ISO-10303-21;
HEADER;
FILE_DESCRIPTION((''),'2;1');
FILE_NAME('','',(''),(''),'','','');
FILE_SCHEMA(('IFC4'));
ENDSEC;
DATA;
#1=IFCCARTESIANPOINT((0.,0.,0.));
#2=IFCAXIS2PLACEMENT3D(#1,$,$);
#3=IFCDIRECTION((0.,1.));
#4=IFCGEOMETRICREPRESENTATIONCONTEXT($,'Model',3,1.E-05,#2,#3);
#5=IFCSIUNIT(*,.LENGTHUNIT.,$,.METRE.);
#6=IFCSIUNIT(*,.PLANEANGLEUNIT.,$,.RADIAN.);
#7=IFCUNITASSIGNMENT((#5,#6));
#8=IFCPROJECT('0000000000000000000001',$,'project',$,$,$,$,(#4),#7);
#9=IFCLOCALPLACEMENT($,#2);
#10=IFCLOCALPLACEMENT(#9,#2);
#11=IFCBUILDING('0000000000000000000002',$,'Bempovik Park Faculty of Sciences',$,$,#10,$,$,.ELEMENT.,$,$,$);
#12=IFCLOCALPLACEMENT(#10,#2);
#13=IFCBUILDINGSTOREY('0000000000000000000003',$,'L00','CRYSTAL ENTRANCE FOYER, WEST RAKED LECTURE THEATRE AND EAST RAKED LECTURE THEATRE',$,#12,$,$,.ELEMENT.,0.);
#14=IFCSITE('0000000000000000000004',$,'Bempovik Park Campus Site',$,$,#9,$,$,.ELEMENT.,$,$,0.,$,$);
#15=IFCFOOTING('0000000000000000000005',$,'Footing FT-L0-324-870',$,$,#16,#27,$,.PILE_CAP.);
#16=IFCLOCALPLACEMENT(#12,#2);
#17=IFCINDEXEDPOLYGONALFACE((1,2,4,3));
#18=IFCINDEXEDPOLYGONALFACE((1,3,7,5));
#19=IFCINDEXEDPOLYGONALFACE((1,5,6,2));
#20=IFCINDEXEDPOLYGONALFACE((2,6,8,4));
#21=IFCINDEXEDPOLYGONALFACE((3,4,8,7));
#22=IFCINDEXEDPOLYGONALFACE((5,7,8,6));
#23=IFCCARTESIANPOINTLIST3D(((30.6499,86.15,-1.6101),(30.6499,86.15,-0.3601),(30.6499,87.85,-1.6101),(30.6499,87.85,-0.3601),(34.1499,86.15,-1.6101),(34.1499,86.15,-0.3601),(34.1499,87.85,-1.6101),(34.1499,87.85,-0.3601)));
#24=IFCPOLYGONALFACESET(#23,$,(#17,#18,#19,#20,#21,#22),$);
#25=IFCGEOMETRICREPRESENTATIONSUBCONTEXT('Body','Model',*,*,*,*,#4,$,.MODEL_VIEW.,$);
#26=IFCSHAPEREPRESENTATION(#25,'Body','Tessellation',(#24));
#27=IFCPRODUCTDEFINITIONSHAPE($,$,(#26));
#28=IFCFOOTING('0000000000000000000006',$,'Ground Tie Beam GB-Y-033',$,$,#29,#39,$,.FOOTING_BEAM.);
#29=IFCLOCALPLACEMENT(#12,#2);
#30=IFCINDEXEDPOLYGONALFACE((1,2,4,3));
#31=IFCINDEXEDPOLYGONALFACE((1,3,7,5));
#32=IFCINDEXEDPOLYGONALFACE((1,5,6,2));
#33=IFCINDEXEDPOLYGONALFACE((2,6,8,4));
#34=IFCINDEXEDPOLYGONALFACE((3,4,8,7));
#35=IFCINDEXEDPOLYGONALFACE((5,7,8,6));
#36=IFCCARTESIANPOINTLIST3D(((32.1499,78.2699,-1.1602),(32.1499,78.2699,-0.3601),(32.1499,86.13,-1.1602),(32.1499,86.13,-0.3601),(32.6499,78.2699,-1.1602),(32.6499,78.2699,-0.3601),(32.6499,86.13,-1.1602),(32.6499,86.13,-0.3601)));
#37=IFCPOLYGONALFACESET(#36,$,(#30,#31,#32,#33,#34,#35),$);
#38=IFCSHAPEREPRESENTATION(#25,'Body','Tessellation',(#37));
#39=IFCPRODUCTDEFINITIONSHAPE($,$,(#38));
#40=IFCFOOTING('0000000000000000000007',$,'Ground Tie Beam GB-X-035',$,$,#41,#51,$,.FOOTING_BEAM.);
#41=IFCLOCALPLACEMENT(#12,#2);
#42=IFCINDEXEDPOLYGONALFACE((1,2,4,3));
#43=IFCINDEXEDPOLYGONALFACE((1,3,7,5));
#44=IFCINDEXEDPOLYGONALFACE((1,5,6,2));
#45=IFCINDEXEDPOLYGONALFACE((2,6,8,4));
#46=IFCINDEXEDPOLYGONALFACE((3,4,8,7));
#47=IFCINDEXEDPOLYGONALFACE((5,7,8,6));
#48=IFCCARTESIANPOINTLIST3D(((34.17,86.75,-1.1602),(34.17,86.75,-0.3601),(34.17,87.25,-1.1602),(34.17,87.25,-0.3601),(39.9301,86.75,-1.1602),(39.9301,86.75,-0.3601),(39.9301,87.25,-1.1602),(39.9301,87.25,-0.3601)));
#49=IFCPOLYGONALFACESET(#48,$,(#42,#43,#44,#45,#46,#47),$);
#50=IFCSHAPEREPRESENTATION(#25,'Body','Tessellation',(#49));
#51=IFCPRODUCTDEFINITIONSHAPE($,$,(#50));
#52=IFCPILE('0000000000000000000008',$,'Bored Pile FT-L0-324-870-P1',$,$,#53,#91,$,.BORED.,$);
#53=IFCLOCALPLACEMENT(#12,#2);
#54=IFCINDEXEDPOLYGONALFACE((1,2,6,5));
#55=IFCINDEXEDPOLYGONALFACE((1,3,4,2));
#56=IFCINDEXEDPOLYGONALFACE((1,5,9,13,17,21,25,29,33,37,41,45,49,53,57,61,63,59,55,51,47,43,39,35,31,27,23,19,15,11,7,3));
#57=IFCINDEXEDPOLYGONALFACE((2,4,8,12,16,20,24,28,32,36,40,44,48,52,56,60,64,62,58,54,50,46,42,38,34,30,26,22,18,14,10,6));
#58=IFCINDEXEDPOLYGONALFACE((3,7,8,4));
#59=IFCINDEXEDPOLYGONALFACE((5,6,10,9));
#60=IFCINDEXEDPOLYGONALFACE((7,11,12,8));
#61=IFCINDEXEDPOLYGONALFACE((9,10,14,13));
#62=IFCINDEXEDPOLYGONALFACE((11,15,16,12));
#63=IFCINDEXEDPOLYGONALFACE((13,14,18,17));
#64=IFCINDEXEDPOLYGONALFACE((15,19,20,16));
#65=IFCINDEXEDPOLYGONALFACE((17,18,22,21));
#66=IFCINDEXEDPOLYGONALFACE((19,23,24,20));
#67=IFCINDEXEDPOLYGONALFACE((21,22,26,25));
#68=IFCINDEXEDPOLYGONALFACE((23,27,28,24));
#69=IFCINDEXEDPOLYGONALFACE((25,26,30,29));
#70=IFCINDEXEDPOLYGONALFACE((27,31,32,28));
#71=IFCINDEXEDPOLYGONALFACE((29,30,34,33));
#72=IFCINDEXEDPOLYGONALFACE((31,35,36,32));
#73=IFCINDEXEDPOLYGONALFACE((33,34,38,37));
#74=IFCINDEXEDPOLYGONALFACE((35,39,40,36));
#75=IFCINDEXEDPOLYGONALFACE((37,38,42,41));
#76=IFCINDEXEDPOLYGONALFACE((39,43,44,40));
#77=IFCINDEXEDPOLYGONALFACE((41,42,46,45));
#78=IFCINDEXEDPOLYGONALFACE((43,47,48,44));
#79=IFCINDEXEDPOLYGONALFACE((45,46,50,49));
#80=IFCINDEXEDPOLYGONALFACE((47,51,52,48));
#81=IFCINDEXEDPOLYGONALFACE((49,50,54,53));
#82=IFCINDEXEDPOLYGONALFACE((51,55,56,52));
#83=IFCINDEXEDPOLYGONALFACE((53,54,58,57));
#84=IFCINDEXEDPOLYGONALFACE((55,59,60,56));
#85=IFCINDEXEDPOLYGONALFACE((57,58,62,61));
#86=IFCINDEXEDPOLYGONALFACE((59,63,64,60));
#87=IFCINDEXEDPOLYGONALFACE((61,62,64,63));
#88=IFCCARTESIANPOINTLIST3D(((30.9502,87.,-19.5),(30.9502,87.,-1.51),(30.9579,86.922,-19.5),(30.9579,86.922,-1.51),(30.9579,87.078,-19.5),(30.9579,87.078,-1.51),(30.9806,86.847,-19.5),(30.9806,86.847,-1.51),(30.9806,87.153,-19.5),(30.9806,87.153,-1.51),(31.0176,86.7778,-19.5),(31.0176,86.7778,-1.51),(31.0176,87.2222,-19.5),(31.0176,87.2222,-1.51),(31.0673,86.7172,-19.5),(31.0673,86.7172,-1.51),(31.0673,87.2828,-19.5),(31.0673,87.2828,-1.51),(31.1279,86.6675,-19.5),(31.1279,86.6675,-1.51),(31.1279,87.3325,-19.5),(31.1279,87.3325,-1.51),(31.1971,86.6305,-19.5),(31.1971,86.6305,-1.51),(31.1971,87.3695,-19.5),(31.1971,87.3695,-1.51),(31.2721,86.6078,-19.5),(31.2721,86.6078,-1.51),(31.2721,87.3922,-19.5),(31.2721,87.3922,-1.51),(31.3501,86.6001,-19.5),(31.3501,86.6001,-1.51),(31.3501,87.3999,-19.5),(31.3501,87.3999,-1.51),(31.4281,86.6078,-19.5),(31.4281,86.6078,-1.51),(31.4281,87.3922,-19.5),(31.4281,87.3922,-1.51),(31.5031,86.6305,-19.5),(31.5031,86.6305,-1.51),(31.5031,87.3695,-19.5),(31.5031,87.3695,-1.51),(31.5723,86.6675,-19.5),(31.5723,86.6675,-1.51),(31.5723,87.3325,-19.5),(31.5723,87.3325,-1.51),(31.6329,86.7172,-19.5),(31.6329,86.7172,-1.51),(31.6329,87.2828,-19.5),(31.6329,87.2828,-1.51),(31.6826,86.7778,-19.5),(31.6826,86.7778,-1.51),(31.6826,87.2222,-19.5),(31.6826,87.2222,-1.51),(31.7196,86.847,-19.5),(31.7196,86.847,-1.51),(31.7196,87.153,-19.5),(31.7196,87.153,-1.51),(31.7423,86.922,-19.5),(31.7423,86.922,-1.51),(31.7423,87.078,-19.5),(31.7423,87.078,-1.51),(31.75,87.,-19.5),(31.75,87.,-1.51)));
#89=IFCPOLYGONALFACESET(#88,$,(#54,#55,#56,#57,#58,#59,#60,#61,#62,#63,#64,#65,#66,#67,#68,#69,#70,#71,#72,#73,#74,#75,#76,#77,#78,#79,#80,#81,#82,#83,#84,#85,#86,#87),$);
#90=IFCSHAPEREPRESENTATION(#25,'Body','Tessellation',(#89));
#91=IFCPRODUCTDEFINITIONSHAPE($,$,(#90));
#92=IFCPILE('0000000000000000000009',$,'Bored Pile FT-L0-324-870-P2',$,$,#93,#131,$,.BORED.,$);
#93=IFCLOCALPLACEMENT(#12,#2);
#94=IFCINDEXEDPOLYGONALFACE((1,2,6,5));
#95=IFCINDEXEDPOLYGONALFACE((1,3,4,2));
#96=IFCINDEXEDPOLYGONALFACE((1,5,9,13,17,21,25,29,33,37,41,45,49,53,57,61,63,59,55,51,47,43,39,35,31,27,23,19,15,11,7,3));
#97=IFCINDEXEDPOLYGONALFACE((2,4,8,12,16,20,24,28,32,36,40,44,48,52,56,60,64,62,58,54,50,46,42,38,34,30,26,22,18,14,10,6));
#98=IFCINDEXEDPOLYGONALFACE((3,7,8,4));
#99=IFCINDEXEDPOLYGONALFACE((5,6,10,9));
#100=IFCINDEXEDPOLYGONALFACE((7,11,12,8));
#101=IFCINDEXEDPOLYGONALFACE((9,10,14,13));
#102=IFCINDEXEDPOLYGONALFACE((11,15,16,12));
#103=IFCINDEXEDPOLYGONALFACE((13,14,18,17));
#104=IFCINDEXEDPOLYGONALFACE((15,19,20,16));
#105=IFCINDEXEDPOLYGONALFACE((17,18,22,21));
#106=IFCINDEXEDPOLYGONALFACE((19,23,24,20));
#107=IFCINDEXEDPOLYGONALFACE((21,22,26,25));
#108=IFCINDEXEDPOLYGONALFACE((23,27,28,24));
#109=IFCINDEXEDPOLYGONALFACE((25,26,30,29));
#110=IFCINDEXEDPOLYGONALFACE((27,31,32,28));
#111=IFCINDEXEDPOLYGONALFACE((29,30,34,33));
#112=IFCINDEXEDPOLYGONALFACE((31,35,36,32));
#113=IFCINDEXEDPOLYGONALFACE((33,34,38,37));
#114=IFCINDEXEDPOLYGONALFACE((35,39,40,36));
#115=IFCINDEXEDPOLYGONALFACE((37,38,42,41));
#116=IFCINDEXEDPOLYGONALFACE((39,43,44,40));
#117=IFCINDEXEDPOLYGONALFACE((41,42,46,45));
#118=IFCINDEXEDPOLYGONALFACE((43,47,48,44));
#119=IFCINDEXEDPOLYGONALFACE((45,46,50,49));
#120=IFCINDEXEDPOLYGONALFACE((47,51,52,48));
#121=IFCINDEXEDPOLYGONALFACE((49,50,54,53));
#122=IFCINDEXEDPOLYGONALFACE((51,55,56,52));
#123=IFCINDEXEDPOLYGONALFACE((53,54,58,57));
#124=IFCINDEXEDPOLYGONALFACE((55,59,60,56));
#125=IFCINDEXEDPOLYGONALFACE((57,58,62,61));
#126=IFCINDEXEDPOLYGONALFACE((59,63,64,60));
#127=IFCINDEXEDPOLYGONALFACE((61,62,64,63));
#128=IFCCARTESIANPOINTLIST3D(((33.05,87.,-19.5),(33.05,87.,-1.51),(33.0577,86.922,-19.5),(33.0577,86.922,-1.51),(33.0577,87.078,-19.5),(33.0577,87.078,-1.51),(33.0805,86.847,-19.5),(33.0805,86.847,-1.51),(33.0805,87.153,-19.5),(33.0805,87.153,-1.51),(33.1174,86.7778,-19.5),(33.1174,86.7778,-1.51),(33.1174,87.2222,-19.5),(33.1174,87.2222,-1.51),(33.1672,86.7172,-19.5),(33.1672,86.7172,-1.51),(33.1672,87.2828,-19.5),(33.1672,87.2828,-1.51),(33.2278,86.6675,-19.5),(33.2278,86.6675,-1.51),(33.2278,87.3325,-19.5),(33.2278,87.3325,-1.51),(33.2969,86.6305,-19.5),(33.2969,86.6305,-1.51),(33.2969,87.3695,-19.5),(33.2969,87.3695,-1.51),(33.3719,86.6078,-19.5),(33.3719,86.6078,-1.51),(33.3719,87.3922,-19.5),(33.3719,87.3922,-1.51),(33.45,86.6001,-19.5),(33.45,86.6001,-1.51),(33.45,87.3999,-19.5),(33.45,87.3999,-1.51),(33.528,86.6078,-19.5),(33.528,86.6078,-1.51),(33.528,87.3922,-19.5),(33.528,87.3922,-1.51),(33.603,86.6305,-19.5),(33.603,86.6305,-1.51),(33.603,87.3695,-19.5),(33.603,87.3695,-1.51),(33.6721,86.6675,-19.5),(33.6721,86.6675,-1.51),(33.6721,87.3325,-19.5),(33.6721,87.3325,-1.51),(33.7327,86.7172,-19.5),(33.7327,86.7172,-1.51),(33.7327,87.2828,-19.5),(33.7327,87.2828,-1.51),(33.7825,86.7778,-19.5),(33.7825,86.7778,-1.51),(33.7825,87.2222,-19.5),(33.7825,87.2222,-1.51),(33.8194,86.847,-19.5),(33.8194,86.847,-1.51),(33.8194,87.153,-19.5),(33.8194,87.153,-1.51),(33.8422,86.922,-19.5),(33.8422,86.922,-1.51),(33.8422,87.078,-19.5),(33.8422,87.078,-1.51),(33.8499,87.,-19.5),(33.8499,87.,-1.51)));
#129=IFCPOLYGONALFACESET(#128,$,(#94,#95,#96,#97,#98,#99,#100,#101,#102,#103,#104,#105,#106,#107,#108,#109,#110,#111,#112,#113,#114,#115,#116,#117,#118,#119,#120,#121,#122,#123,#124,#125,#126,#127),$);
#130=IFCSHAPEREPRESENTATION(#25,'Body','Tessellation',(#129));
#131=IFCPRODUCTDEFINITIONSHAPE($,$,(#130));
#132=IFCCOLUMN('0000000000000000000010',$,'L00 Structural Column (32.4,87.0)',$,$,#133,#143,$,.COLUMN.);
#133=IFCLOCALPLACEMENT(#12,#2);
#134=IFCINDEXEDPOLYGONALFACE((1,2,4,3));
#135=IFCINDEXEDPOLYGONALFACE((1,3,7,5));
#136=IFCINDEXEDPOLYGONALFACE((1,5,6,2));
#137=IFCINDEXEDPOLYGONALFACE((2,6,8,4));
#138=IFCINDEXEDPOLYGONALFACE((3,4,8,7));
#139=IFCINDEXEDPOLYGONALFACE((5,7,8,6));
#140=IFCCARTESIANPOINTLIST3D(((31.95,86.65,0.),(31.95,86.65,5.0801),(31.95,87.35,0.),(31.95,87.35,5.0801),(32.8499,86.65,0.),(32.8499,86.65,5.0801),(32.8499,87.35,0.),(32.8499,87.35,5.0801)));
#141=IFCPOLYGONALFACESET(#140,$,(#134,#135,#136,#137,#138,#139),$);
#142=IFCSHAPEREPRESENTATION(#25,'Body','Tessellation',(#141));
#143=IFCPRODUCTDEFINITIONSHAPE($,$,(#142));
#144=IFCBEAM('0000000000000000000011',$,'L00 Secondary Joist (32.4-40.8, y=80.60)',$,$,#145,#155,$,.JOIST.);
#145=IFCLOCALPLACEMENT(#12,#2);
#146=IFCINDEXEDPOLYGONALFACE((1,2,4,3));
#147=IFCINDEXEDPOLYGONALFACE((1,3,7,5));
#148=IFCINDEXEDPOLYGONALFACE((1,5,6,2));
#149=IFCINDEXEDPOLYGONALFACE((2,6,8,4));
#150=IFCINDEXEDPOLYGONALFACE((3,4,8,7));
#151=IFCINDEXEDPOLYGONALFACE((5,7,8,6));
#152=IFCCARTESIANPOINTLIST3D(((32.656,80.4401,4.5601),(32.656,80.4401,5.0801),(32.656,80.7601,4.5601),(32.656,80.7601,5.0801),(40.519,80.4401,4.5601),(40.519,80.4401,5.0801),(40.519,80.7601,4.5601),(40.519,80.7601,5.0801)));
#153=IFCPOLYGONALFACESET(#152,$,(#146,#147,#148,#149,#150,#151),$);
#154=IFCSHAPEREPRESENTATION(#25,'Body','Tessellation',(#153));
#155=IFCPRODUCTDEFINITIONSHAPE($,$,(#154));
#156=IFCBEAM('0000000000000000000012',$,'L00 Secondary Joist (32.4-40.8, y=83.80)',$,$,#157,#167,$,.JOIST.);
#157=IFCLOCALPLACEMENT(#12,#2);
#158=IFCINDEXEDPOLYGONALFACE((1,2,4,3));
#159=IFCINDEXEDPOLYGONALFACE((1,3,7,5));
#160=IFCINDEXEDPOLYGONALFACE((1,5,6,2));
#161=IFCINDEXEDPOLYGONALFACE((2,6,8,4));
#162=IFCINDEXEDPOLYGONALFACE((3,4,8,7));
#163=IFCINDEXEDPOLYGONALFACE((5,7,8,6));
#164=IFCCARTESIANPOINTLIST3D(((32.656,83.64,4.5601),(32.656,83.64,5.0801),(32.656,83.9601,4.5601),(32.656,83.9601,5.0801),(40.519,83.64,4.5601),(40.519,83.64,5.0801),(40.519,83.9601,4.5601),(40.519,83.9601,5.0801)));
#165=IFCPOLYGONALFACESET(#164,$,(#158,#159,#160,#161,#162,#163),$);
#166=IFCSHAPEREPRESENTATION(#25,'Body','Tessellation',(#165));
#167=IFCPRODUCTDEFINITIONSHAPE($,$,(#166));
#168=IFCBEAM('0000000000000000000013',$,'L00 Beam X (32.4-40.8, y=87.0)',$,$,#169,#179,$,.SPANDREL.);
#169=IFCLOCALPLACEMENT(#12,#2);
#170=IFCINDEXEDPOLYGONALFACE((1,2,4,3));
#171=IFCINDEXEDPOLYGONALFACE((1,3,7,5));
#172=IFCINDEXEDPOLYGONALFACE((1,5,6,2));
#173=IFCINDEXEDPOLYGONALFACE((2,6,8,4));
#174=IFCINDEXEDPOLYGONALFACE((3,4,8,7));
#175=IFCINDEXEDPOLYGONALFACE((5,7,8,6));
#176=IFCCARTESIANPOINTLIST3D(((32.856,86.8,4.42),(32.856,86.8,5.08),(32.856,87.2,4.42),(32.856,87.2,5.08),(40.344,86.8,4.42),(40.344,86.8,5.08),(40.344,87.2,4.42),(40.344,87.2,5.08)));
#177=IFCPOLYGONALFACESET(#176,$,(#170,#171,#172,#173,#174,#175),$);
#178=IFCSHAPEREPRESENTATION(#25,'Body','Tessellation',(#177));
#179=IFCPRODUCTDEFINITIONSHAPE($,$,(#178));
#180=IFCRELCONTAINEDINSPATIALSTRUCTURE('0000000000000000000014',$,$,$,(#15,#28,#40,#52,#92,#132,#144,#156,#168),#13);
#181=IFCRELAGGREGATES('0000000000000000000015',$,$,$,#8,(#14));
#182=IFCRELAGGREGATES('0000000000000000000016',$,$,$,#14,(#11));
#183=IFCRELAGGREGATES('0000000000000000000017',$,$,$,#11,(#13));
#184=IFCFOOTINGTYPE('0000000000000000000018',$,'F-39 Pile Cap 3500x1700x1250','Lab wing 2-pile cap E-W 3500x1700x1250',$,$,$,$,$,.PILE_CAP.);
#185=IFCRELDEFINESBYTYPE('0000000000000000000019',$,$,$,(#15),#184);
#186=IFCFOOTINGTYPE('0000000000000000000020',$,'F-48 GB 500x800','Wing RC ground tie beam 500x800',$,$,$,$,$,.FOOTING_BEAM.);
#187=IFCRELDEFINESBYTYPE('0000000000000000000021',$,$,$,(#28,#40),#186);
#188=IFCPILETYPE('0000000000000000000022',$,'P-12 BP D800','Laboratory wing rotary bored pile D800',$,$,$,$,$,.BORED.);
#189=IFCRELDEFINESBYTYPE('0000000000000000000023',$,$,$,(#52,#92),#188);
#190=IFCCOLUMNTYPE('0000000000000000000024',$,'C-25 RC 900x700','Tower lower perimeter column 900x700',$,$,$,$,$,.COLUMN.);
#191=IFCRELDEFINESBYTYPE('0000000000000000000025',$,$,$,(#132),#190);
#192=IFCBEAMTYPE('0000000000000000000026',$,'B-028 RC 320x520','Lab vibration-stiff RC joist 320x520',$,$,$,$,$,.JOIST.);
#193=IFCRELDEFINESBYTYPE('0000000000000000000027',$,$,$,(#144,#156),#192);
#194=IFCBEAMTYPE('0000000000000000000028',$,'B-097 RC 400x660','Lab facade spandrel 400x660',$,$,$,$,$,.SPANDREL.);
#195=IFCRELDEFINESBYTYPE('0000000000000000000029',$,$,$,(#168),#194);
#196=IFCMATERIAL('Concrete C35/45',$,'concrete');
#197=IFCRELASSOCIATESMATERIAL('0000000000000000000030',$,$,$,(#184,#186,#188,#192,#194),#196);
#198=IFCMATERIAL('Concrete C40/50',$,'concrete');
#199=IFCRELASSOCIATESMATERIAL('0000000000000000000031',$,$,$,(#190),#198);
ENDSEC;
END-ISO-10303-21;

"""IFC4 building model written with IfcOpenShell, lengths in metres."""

from ifc_helpers import new_model, si_unit, direction, frame, origin, origin_2d, place, context, subcontext, project, spatial, rectangle, circle, extrude, material, material_profile, profile_set, type_object, element, save


model = new_model("IFC4")

# Units and contexts
model_context = context("Model", 3, precision=1e-05, world=origin(), true_north=direction((0.0, 1.0)))
body_context = subcontext(model_context, "Body", "Model", "MODEL_VIEW")
ifc_project = project(units=[si_unit("LENGTHUNIT", "METRE"), si_unit("PLANEANGLEUNIT", "RADIAN")], contexts=[model_context])

# Site, building, storey
site_placement = place(None, origin())
site = spatial("IfcSite", under=ifc_project, at=site_placement, Name="Bempovik Park Campus Site", CompositionType="ELEMENT", RefElevation=0.0)
building_placement = place(site_placement, origin())
building = spatial("IfcBuilding", under=site, at=building_placement, Name="Bempovik Park Faculty of Sciences", CompositionType="ELEMENT")
storey_placement = place(building_placement, origin())
storey = spatial("IfcBuildingStorey", under=building, at=storey_placement, Name="L00", Description="CRYSTAL ENTRANCE FOYER, WEST RAKED LECTURE THEATRE AND EAST RAKED LECTURE THEATRE", CompositionType="ELEMENT", Elevation=0.0)

# Footings
ifc_material_1 = material(Name="Concrete C35/45", Category="concrete")
footing_type_1 = type_object("IfcFootingType", Name="F-39 Pile Cap 3500x1700x1250", Description="Lab wing 2-pile cap E-W 3500x1700x1250", PredefinedType="PILE_CAP", material=ifc_material_1)
footing_1_placement = place(storey_placement, frame((32.3999, 87.0, -1.6101), z_axis=(0.0, 0.0, 1.0), x_axis=(1.0, 0.0, 0.0)))
element("IfcFooting", 1, at=footing_1_placement, inside=storey, type_object=footing_type_1, Name="Footing FT-L0-324-870", PredefinedType="PILE_CAP", context=body_context, shape_type="SweptSolid", body=[
    extrude(rectangle(XDim=3.5, YDim=1.7, at=origin_2d()), origin(), (0.0, 0.0, 1.0), 1.25),
])
footing_type_2 = type_object("IfcFootingType", Name="F-48 GB 500x800", Description="Wing RC ground tie beam 500x800", PredefinedType="FOOTING_BEAM", material=ifc_material_1)
footing_2_placement = place(storey_placement, frame((32.3999, 82.2, -1.1602), z_axis=(0.0, 0.0, 1.0), x_axis=(1.0, 0.0, 0.0)))
element("IfcFooting", 2, at=footing_2_placement, inside=storey, type_object=footing_type_2, Name="Ground Tie Beam GB-Y-033", PredefinedType="FOOTING_BEAM", context=body_context, shape_type="SweptSolid", body=[
    extrude(rectangle(XDim=0.5, YDim=7.8601, at=origin_2d()), origin(), (0.0, 0.0, 1.0), 0.8),
])
footing_3_placement = place(storey_placement, frame((37.05, 87.0, -1.1602), z_axis=(0.0, 0.0, 1.0), x_axis=(1.0, 0.0, 0.0)))
element("IfcFooting", 3, at=footing_3_placement, inside=storey, type_object=footing_type_2, Name="Ground Tie Beam GB-X-035", PredefinedType="FOOTING_BEAM", context=body_context, shape_type="SweptSolid", body=[
    extrude(rectangle(XDim=5.76, YDim=0.5, at=origin_2d()), origin(), (0.0, 0.0, 1.0), 0.8),
])

# Piles
ifc_material_profile_1 = material_profile(ifc_material_1, circle(Radius=0.3999, at=origin_2d()), Name="BP D800")
ifc_profile_set_1 = profile_set([ifc_material_profile_1], Name="Concrete C35/45")
pile_type = type_object("IfcPileType", Name="P-12 BP D800", Description="Laboratory wing rotary bored pile D800", PredefinedType="BORED", material=ifc_profile_set_1)
for number, where, z_axis, x_axis, name in (
    (4, (31.3501, 87.0, -1.51), (0.0, 0.0, -1.0), (1.0, 0.0, 0.0), "Bored Pile FT-L0-324-870-P1"),
    (5, (33.45, 87.0, -1.51), (0.0, 0.0, -1.0), (1.0, 0.0, 0.0), "Bored Pile FT-L0-324-870-P2"),
):
    element("IfcPile", number, at=place(storey_placement, frame(where, z_axis=z_axis, x_axis=x_axis)), inside=storey, type_object=pile_type, Name=name, PredefinedType="BORED", context=body_context, shape_type="SweptSolid", body=[
        extrude(circle(Radius=0.3999, at=origin_2d()), origin(), (0.0, 0.0, 1.0), 17.99),
    ])

# Column
ifc_material_2 = material(Name="Concrete C40/50", Category="concrete")
ifc_material_profile_2 = material_profile(ifc_material_2, rectangle(XDim=0.8999, YDim=0.7, at=origin_2d()), Name="RC 900x700")
ifc_profile_set_2 = profile_set([ifc_material_profile_2], Name="Concrete C40/50")
column_type = type_object("IfcColumnType", Name="C-25 RC 900x700", Description="Tower lower perimeter column 900x700", PredefinedType="COLUMN", material=ifc_profile_set_2)
column_placement = place(storey_placement, frame((32.3999, 87.0, 0.0), z_axis=(0.0, 0.0, 1.0), x_axis=(1.0, 0.0, 0.0)))
element("IfcColumn", 6, at=column_placement, inside=storey, type_object=column_type, Name="L00 Structural Column (32.4,87.0)", PredefinedType="COLUMN", context=body_context, shape_type="SweptSolid", body=[
    extrude(rectangle(XDim=0.8999, YDim=0.7, at=origin_2d()), origin(), (0.0, 0.0, 1.0), 5.0801),
])

# Beams
ifc_material_profile_3 = material_profile(ifc_material_1, rectangle(XDim=0.3201, YDim=0.52, at=origin_2d()), Name="RC 320x520")
ifc_profile_set_3 = profile_set([ifc_material_profile_3], Name="Concrete C35/45")
beam_type_1 = type_object("IfcBeamType", Name="B-028 RC 320x520", Description="Lab vibration-stiff RC joist 320x520", PredefinedType="JOIST", material=ifc_profile_set_3)
for number, where, z_axis, x_axis, name in (
    (7, (32.656, 80.6001, 4.8201), (1.0, 0.0, 0.0), (0.0, 1.0, 0.0), "L00 Secondary Joist (32.4-40.8, y=80.60)"),
    (8, (32.656, 83.8, 4.8201), (1.0, 0.0, 0.0), (0.0, 1.0, 0.0), "L00 Secondary Joist (32.4-40.8, y=83.80)"),
):
    element("IfcBeam", number, at=place(storey_placement, frame(where, z_axis=z_axis, x_axis=x_axis)), inside=storey, type_object=beam_type_1, Name=name, PredefinedType="JOIST", context=body_context, shape_type="SweptSolid", body=[
        extrude(rectangle(XDim=0.3201, YDim=0.52, at=origin_2d()), origin(), (0.0, 0.0, 1.0), 7.863),
    ])
ifc_material_profile_4 = material_profile(ifc_material_1, rectangle(XDim=0.3999, YDim=0.6599, at=origin_2d()), Name="RC 400x660")
ifc_profile_set_4 = profile_set([ifc_material_profile_4], Name="Concrete C35/45")
beam_type_2 = type_object("IfcBeamType", Name="B-097 RC 400x660", Description="Lab facade spandrel 400x660", PredefinedType="SPANDREL", material=ifc_profile_set_4)
beam_placement = place(storey_placement, frame((32.856, 87.0, 4.75), z_axis=(1.0, 0.0, 0.0), x_axis=(0.0, 1.0, 0.0)))
element("IfcBeam", 9, at=beam_placement, inside=storey, type_object=beam_type_2, Name="L00 Beam X (32.4-40.8, y=87.0)", PredefinedType="SPANDREL", context=body_context, shape_type="SweptSolid", body=[
    extrude(rectangle(XDim=0.3999, YDim=0.6599, at=origin_2d()), origin(), (0.0, 0.0, 1.0), 7.488),
])

save(model, "model.ifc")
